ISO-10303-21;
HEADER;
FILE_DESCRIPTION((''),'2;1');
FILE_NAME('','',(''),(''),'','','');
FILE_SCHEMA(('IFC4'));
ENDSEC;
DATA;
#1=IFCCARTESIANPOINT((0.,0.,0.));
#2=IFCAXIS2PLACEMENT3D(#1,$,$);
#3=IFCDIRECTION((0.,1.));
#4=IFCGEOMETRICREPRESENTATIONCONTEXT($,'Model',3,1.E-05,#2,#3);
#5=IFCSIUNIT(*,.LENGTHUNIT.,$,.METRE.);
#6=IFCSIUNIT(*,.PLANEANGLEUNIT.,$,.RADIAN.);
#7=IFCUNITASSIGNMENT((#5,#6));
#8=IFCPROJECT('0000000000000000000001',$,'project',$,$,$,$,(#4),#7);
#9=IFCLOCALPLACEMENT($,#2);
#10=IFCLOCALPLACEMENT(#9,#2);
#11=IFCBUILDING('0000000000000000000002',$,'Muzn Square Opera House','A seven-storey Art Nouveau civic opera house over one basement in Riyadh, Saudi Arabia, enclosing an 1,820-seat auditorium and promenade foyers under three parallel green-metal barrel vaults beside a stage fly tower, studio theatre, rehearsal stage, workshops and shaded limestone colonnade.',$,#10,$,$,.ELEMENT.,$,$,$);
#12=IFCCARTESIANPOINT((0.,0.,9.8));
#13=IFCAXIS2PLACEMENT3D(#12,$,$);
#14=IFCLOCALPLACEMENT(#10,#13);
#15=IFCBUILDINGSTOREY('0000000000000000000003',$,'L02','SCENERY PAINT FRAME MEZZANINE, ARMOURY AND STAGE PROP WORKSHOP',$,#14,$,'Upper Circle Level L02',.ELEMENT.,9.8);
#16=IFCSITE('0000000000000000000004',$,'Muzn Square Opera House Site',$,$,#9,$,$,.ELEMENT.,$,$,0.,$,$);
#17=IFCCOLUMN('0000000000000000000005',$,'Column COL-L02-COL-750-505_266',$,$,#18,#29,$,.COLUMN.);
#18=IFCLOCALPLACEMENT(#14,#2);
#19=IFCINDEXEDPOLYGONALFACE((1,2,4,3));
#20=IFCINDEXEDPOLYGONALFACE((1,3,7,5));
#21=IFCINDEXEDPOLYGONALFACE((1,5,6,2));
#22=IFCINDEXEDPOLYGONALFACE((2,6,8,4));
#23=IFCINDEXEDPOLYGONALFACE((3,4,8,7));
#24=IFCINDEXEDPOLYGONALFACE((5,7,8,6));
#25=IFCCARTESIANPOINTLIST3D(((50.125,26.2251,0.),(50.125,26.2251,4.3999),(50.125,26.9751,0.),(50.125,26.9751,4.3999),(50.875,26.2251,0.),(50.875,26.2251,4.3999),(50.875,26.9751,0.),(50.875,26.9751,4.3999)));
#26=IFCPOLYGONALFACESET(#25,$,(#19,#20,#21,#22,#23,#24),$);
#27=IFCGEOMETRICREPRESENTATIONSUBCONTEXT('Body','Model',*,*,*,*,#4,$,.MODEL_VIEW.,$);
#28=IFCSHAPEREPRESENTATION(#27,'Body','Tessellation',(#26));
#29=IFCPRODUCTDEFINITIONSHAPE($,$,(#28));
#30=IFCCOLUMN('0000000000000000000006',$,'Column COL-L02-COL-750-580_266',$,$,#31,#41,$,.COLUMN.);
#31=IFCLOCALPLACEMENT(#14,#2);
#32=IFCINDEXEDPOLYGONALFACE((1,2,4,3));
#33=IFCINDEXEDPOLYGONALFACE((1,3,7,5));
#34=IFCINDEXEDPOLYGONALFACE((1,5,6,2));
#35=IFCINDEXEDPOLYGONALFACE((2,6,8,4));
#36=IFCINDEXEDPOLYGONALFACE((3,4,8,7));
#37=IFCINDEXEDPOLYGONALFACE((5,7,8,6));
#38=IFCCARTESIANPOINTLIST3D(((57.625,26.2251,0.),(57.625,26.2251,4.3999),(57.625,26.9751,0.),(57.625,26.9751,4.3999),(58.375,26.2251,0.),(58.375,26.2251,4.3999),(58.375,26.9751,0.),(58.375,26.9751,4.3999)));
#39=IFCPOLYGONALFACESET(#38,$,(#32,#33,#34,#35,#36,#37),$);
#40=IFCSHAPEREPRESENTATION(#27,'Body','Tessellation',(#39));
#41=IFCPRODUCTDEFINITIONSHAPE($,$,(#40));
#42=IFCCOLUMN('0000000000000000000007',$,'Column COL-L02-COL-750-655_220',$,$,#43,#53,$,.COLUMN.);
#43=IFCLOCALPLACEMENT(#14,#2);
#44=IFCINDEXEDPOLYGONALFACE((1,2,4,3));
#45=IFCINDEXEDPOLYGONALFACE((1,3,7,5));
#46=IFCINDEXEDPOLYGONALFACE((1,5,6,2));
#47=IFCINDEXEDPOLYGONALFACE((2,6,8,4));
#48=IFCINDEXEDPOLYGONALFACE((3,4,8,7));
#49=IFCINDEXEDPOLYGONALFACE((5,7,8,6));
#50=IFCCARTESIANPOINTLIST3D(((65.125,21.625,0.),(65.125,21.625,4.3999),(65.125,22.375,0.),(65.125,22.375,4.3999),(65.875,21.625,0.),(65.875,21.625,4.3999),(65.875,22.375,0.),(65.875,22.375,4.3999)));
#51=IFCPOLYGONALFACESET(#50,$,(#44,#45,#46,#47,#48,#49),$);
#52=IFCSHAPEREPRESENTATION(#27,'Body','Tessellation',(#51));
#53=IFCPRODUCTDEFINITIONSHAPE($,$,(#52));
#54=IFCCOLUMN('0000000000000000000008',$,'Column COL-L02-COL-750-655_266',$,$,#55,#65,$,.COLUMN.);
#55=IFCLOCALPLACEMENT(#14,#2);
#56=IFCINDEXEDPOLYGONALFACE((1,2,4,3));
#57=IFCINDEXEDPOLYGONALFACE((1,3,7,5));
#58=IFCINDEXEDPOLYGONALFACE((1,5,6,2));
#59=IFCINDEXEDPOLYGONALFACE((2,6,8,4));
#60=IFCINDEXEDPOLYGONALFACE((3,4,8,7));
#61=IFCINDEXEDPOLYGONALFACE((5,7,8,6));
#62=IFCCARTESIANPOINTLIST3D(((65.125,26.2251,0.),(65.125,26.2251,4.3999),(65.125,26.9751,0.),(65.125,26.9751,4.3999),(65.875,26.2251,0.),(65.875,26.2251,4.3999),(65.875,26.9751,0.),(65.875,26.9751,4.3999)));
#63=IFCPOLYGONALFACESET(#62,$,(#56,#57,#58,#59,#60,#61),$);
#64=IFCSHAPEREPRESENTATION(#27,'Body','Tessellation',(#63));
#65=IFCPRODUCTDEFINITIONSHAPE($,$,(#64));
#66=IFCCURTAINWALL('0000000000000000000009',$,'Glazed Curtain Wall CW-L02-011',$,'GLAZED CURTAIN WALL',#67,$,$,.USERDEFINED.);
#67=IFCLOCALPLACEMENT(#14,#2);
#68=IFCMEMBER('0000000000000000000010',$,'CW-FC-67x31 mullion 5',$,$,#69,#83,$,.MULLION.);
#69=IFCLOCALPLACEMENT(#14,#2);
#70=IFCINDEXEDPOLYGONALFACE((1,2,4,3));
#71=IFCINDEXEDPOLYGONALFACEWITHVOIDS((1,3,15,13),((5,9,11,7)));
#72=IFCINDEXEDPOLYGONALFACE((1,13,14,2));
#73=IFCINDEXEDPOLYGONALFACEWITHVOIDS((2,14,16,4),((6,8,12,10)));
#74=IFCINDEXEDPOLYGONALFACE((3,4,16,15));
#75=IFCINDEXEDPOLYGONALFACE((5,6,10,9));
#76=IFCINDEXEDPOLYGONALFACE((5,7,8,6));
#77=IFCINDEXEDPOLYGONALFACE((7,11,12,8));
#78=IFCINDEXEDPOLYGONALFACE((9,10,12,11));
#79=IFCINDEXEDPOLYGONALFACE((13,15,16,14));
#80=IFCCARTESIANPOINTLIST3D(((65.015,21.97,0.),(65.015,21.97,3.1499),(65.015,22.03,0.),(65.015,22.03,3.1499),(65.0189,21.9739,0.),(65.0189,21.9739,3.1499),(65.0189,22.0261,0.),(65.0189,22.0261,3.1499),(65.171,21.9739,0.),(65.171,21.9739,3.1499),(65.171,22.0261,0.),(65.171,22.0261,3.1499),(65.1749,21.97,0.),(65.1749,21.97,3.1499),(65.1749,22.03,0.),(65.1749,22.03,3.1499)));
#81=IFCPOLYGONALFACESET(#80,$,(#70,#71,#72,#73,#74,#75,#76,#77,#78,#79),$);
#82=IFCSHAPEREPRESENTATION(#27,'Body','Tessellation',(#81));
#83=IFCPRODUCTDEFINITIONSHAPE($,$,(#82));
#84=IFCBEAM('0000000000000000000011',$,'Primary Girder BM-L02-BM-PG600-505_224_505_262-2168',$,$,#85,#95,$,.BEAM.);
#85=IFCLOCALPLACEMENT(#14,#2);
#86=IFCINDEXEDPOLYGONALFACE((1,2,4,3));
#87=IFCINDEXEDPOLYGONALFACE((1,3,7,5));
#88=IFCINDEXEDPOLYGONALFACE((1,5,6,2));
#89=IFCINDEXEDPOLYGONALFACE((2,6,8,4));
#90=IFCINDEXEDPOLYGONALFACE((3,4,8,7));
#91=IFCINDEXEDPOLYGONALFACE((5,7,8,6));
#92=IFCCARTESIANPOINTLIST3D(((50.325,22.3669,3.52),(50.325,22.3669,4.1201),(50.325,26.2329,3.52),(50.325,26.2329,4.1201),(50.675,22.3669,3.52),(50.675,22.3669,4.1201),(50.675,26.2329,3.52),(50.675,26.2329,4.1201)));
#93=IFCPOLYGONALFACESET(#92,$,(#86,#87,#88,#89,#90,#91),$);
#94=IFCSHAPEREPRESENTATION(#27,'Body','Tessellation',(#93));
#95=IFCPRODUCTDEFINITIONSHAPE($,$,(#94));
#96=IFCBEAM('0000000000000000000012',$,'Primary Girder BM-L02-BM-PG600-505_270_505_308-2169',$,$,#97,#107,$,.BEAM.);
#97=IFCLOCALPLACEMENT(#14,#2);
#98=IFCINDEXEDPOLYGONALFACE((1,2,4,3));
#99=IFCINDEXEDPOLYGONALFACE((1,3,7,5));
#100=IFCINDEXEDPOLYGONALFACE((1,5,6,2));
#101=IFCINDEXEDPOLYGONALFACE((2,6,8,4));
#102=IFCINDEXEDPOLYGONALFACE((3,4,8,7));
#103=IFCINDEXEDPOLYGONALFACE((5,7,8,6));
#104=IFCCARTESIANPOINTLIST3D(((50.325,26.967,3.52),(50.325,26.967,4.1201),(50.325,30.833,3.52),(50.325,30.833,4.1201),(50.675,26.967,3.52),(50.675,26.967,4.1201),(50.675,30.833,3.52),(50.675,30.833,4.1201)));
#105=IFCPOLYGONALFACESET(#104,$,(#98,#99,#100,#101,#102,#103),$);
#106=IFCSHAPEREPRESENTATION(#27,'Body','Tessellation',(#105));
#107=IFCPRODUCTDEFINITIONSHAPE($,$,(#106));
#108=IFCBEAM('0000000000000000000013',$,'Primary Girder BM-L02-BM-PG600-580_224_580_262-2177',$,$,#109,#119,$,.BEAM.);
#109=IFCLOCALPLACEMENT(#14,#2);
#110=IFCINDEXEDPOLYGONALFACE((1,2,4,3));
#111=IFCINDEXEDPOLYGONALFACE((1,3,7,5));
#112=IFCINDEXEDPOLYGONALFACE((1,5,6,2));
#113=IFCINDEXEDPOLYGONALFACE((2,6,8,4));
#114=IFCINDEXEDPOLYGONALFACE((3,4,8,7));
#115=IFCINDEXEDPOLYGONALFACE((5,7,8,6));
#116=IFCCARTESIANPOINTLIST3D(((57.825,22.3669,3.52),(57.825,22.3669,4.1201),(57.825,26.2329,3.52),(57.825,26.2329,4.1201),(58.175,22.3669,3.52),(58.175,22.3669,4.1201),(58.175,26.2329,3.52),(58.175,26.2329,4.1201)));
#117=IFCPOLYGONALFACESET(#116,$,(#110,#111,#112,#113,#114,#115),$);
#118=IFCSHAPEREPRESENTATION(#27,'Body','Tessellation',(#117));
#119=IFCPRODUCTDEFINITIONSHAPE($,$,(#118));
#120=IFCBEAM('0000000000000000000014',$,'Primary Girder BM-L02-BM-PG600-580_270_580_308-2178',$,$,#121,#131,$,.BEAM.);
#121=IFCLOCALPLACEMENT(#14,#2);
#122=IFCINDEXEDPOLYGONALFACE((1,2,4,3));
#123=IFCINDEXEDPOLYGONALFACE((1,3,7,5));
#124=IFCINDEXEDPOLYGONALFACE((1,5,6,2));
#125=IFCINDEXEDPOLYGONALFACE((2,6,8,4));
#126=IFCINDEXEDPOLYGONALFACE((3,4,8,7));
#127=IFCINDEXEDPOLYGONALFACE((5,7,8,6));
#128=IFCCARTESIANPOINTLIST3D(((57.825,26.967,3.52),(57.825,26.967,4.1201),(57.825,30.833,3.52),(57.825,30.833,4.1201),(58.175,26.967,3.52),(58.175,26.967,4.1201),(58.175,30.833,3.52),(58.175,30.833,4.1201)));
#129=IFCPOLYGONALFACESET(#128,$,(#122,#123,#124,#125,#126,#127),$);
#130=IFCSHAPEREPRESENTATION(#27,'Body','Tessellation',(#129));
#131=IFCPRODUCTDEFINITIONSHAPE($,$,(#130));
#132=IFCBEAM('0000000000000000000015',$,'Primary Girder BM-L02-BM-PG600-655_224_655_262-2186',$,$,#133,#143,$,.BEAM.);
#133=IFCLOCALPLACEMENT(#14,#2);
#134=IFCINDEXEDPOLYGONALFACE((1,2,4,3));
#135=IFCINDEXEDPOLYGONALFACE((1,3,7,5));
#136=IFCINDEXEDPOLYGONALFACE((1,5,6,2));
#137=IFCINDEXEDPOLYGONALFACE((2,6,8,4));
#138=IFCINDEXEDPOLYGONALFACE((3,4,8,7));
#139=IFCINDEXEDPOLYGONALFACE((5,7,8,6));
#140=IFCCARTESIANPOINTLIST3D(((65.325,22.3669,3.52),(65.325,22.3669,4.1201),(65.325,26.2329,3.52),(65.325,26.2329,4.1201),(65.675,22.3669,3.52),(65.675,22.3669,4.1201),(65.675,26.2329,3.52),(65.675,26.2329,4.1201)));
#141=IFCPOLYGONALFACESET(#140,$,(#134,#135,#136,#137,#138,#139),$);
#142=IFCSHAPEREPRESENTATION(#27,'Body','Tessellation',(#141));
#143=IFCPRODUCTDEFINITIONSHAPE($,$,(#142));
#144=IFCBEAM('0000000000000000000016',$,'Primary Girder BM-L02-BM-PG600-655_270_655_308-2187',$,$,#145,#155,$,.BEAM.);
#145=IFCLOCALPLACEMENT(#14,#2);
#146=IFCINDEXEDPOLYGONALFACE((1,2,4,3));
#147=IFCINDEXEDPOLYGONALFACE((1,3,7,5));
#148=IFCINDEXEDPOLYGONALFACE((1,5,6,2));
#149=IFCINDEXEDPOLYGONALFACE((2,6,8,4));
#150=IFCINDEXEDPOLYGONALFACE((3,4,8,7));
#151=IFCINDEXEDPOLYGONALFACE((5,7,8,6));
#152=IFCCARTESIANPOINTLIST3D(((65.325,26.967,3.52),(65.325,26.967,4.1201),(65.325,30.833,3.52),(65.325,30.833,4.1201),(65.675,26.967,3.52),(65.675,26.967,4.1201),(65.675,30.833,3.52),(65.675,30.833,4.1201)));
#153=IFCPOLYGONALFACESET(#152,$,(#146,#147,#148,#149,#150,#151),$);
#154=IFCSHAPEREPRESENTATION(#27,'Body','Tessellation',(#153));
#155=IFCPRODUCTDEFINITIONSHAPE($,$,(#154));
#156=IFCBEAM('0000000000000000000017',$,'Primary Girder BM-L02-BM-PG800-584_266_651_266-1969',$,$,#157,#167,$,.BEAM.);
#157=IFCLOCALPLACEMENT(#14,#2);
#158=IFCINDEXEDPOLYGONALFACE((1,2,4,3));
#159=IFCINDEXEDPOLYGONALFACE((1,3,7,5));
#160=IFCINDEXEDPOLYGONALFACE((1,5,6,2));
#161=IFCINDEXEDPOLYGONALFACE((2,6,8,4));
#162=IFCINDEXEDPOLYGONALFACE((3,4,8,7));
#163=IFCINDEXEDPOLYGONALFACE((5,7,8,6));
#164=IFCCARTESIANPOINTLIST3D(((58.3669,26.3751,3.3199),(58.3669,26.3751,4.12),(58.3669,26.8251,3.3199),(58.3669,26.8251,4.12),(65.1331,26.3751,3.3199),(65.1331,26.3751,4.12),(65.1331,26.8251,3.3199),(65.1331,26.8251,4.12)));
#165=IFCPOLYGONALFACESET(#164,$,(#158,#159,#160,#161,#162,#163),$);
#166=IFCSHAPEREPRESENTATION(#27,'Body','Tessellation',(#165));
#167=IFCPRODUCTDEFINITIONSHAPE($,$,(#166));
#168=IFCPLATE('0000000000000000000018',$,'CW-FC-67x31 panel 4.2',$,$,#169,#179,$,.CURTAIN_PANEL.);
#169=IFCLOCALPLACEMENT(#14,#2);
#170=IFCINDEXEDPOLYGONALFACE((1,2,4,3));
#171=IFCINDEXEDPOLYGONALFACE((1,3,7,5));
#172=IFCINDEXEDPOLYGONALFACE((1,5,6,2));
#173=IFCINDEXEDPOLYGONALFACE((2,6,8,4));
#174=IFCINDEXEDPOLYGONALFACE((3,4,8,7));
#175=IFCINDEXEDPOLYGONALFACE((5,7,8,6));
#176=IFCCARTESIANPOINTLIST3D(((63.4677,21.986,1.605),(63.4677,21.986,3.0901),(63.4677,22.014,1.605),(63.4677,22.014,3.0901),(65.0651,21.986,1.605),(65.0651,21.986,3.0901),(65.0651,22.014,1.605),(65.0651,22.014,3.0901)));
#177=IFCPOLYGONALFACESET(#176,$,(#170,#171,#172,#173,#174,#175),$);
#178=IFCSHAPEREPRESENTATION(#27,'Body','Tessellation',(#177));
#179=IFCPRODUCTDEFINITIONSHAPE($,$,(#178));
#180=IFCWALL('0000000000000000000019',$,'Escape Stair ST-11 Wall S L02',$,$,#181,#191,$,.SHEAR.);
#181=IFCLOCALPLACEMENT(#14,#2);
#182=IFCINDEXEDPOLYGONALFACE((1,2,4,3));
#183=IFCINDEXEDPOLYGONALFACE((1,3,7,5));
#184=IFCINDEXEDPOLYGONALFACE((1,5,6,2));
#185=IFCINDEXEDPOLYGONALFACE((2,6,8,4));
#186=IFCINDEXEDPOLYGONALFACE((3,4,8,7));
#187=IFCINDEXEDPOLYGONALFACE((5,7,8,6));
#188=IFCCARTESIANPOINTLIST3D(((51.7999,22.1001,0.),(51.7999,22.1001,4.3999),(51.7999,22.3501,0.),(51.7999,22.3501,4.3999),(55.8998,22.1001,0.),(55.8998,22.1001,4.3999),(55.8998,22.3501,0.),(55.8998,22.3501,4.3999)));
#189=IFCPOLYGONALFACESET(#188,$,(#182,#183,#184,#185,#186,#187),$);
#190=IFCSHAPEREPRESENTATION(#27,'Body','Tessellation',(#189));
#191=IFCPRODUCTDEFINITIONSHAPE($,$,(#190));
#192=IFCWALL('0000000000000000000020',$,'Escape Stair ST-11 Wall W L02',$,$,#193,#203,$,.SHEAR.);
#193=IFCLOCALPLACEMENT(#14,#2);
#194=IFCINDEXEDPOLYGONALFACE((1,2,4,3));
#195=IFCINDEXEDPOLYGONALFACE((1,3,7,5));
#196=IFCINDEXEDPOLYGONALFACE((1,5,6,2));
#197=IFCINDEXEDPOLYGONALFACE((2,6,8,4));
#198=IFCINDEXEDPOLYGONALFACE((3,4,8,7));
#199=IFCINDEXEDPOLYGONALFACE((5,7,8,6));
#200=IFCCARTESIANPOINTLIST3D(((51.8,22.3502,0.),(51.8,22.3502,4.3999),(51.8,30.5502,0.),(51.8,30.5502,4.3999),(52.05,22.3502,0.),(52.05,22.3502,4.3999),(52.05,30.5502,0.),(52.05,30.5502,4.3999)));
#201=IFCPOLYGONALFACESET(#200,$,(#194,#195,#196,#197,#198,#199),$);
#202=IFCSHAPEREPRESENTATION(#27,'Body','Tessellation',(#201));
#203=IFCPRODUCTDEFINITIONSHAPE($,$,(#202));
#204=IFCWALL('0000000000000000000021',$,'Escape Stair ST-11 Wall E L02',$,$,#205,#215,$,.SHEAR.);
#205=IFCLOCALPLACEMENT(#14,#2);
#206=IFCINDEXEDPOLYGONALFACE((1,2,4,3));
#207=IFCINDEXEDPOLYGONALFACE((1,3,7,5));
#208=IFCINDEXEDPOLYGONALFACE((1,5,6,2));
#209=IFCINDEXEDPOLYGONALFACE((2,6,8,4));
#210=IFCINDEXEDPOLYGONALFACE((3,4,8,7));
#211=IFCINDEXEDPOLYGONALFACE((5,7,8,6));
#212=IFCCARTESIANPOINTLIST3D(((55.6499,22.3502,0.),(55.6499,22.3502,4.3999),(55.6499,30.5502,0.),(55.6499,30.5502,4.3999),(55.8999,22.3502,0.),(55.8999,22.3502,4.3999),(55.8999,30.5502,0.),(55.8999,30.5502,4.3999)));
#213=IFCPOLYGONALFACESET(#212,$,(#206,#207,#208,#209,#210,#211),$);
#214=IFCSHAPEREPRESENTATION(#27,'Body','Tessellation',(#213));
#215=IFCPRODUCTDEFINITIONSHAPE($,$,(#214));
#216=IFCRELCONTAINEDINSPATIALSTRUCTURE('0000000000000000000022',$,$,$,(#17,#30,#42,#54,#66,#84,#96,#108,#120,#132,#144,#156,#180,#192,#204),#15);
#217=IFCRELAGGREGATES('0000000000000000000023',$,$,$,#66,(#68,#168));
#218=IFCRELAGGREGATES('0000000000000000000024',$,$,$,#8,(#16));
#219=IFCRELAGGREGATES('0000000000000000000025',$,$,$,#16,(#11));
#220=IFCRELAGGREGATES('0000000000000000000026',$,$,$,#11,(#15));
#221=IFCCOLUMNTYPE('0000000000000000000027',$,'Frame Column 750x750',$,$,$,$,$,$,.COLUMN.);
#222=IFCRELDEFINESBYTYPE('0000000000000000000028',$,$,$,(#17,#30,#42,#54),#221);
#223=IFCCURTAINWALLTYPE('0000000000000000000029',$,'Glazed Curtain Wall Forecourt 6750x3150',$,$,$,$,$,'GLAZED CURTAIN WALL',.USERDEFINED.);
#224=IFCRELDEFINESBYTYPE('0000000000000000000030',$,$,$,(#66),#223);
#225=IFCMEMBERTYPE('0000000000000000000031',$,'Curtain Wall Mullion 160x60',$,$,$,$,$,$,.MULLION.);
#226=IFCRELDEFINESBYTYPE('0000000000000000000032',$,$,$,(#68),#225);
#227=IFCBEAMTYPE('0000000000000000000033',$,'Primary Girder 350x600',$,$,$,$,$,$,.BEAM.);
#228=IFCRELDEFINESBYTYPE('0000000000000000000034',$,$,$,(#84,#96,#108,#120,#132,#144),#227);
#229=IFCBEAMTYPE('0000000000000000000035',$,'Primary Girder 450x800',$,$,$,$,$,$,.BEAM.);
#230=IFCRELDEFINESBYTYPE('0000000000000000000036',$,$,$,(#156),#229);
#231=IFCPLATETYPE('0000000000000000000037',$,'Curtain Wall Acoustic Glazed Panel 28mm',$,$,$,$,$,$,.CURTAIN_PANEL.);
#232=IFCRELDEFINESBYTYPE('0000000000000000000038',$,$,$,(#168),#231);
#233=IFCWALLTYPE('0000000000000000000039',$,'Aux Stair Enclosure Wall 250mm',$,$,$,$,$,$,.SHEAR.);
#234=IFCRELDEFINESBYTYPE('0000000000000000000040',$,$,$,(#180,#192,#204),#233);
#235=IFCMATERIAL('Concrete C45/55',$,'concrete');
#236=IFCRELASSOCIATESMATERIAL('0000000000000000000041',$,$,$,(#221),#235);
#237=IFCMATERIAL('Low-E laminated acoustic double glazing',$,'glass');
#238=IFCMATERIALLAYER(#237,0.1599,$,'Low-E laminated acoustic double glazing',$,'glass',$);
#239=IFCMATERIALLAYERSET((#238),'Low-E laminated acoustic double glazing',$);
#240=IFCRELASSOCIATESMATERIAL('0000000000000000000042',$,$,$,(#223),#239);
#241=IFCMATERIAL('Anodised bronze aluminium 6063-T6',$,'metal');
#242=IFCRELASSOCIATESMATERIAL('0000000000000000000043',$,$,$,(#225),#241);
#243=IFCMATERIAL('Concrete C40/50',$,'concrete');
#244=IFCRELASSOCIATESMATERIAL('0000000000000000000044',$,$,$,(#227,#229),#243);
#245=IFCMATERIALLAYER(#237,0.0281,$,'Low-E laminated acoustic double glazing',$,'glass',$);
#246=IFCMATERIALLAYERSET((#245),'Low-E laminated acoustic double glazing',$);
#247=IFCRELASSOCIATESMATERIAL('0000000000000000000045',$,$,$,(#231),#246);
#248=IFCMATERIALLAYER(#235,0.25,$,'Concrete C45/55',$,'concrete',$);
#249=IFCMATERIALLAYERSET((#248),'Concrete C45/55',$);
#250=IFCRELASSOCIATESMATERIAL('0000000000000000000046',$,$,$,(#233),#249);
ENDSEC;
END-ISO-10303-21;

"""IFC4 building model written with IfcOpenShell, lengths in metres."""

from ifc_helpers import new_model, si_unit, direction, frame, frame_2d, origin, origin_2d, place, context, subcontext, project, spatial, rectangle, hollow_rectangle, extrude, material, layer, layer_set, material_profile, profile_set, type_object, element, aggregate, save


model = new_model("IFC4")

# Units and contexts
model_context = context("Model", 3, precision=1e-05, world=origin(), true_north=direction((0.0, 1.0)))
body_context = subcontext(model_context, "Body", "Model", "MODEL_VIEW")
ifc_project = project(units=[si_unit("LENGTHUNIT", "METRE"), si_unit("PLANEANGLEUNIT", "RADIAN")], contexts=[model_context])

# Site, building, storey
site_placement = place(None, origin())
site = spatial("IfcSite", under=ifc_project, at=site_placement, Name="Muzn Square Opera House Site", CompositionType="ELEMENT", RefElevation=0.0)
building_placement = place(site_placement, origin())
building = spatial("IfcBuilding", under=site, at=building_placement, Name="Muzn Square Opera House", Description="A seven-storey Art Nouveau civic opera house over one basement in Riyadh, Saudi Arabia, enclosing an 1,820-seat auditorium and promenade foyers under three parallel green-metal barrel vaults beside a stage fly tower, studio theatre, rehearsal stage, workshops and shaded limestone colonnade.", CompositionType="ELEMENT")
storey_placement = place(building_placement, frame((0.0, 0.0, 9.8)))
storey = spatial("IfcBuildingStorey", under=building, at=storey_placement, Name="L02", Description="SCENERY PAINT FRAME MEZZANINE, ARMOURY AND STAGE PROP WORKSHOP", LongName="Upper Circle Level L02", CompositionType="ELEMENT", Elevation=9.8)

# Columns
ifc_material_1 = material(Name="Concrete C45/55", Category="concrete")
ifc_material_profile_1 = material_profile(ifc_material_1, rectangle(XDim=0.75, YDim=0.75, at=origin_2d()), Name="RC 750x750", Category="concrete")
ifc_profile_set_1 = profile_set([ifc_material_profile_1], Name="Concrete C45/55")
column_type = type_object("IfcColumnType", Name="Frame Column 750x750", PredefinedType="COLUMN", material=ifc_profile_set_1)
for number, where, z_axis, x_axis, name in (
    (1, (50.5, 26.6001, 0.0), (0.0, 0.0, 1.0), (1.0, 0.0, 0.0), "Column COL-L02-COL-750-505_266"),
    (2, (58.0, 26.6001, 0.0), (0.0, 0.0, 1.0), (1.0, 0.0, 0.0), "Column COL-L02-COL-750-580_266"),
    (3, (65.5, 22.0, 0.0), (0.0, 0.0, 1.0), (1.0, 0.0, 0.0), "Column COL-L02-COL-750-655_220"),
    (4, (65.5, 26.6001, 0.0), (0.0, 0.0, 1.0), (1.0, 0.0, 0.0), "Column COL-L02-COL-750-655_266"),
):
    element("IfcColumn", number, at=place(storey_placement, frame(where, z_axis=z_axis, x_axis=x_axis)), inside=storey, type_object=column_type, Name=name, PredefinedType="COLUMN", context=body_context, shape_type="SweptSolid", body=[
        extrude(rectangle(XDim=0.75, YDim=0.75, at=origin_2d()), origin(), (0.0, 0.0, 1.0), 4.3999),
    ])

# Curtain wall, member
ifc_material_2 = material(Name="Low-E laminated acoustic double glazing", Category="glass")
ifc_layer_1 = layer(ifc_material_2, 0.1599, Name="Low-E laminated acoustic double glazing", Category="glass")
ifc_layer_set_1 = layer_set([ifc_layer_1], Name="Low-E laminated acoustic double glazing")
curtain_wall_type = type_object("IfcCurtainWallType", Name="Glazed Curtain Wall Forecourt 6750x3150", ElementType="GLAZED CURTAIN WALL", PredefinedType="USERDEFINED", material=ifc_layer_set_1)
curtain_wall_placement = place(storey_placement, origin())
curtain_wall = element("IfcCurtainWall", 5, at=curtain_wall_placement, inside=storey, type_object=curtain_wall_type, Name="Glazed Curtain Wall CW-L02-011", ObjectType="GLAZED CURTAIN WALL", PredefinedType="USERDEFINED")
ifc_material_3 = material(Name="Anodised bronze aluminium 6063-T6", Category="metal")
ifc_material_profile_2 = material_profile(ifc_material_3, hollow_rectangle(XDim=0.0601, YDim=0.1599, WallThickness=0.0039, at=origin_2d()), Name="ALU 160x60x4", Category="metal")
ifc_profile_set_2 = profile_set([ifc_material_profile_2], Name="Anodised bronze aluminium 6063-T6")
member_type = type_object("IfcMemberType", Name="Curtain Wall Mullion 160x60", PredefinedType="MULLION", material=ifc_profile_set_2)
member_placement = place(storey_placement, frame((65.095, 22.0, 0.0), z_axis=(0.0, 0.0, 1.0), x_axis=(0.0, 1.0, 0.0)))
member = element("IfcMember", 6, at=member_placement, type_object=member_type, Name="CW-FC-67x31 mullion 5", PredefinedType="MULLION", context=body_context, shape_type="SweptSolid", body=[
    extrude(hollow_rectangle(XDim=0.0601, YDim=0.1599, WallThickness=0.0039, at=origin_2d()), origin(), (0.0, 0.0, 1.0), 3.1499),
])

# Beams
ifc_material_4 = material(Name="Concrete C40/50", Category="concrete")
ifc_material_profile_3 = material_profile(ifc_material_4, rectangle(XDim=0.3501, YDim=0.6001, at=origin_2d()), Name="RCB 350x600", Category="concrete")
ifc_profile_set_3 = profile_set([ifc_material_profile_3], Name="Concrete C40/50")
beam_type_1 = type_object("IfcBeamType", Name="Primary Girder 350x600", PredefinedType="BEAM", material=ifc_profile_set_3)
for number, where, z_axis, x_axis, name in (
    (7, (50.5, 22.3669, 3.8201), (0.0, 1.0, 0.0), (-1.0, 0.0, 0.0), "Primary Girder BM-L02-BM-PG600-505_224_505_262-2168"),
    (8, (50.5, 26.967, 3.8201), (0.0, 1.0, 0.0), (-1.0, 0.0, 0.0), "Primary Girder BM-L02-BM-PG600-505_270_505_308-2169"),
    (9, (58.0, 22.3669, 3.8201), (0.0, 1.0, 0.0), (-1.0, 0.0, 0.0), "Primary Girder BM-L02-BM-PG600-580_224_580_262-2177"),
    (10, (58.0, 26.967, 3.8201), (0.0, 1.0, 0.0), (-1.0, 0.0, 0.0), "Primary Girder BM-L02-BM-PG600-580_270_580_308-2178"),
    (11, (65.5, 22.3669, 3.8201), (0.0, 1.0, 0.0), (-1.0, 0.0, 0.0), "Primary Girder BM-L02-BM-PG600-655_224_655_262-2186"),
    (12, (65.5, 26.967, 3.8201), (0.0, 1.0, 0.0), (-1.0, 0.0, 0.0), "Primary Girder BM-L02-BM-PG600-655_270_655_308-2187"),
):
    element("IfcBeam", number, at=place(storey_placement, frame(where, z_axis=z_axis, x_axis=x_axis)), inside=storey, type_object=beam_type_1, Name=name, PredefinedType="BEAM", context=body_context, shape_type="SweptSolid", body=[
        extrude(rectangle(XDim=0.3501, YDim=0.6001, at=origin_2d()), origin(), (0.0, 0.0, 1.0), 3.866),
    ])
ifc_material_profile_4 = material_profile(ifc_material_4, rectangle(XDim=0.45, YDim=0.8, at=origin_2d()), Name="RCB 450x800", Category="concrete")
ifc_profile_set_4 = profile_set([ifc_material_profile_4], Name="Concrete C40/50")
beam_type_2 = type_object("IfcBeamType", Name="Primary Girder 450x800", PredefinedType="BEAM", material=ifc_profile_set_4)
beam_placement = place(storey_placement, frame((58.3669, 26.6001, 3.72), z_axis=(1.0, 0.0, 0.0), x_axis=(0.0, 1.0, 0.0)))
element("IfcBeam", 13, at=beam_placement, inside=storey, type_object=beam_type_2, Name="Primary Girder BM-L02-BM-PG800-584_266_651_266-1969", PredefinedType="BEAM", context=body_context, shape_type="SweptSolid", body=[
    extrude(rectangle(XDim=0.45, YDim=0.8, at=origin_2d()), origin(), (0.0, 0.0, 1.0), 6.7661),
])

# Plate
ifc_layer_2 = layer(ifc_material_2, 0.0281, Name="Low-E laminated acoustic double glazing", Category="glass")
ifc_layer_set_2 = layer_set([ifc_layer_2], Name="Low-E laminated acoustic double glazing")
plate_type = type_object("IfcPlateType", Name="Curtain Wall Acoustic Glazed Panel 28mm", PredefinedType="CURTAIN_PANEL", material=ifc_layer_set_2)
plate_placement = place(storey_placement, frame((64.2664, 22.0, 1.605), z_axis=(0.0, 0.0, 1.0), x_axis=(1.0, 0.0, 0.0)))
plate = element("IfcPlate", 14, at=plate_placement, type_object=plate_type, Name="CW-FC-67x31 panel 4.2", PredefinedType="CURTAIN_PANEL", context=body_context, shape_type="SweptSolid", body=[
    extrude(rectangle(XDim=1.5974, YDim=0.0281, at=origin_2d()), origin(), (0.0, 0.0, 1.0), 1.4851),
])
aggregate(curtain_wall, [member, plate])

# Walls
ifc_layer_3 = layer(ifc_material_1, 0.25, Name="Concrete C45/55", Category="concrete")
ifc_layer_set_3 = layer_set([ifc_layer_3], Name="Concrete C45/55")
wall_type_1 = type_object("IfcWallType", Name="Aux Stair Enclosure Wall 250mm", PredefinedType="SHEAR", material=ifc_layer_set_3)
wall_1_placement = place(storey_placement, frame((51.8, 22.2251, 0.0), z_axis=(0.0, 0.0, 1.0), x_axis=(1.0, 0.0, 0.0)))
element("IfcWall", 15, at=wall_1_placement, inside=storey, type_object=wall_type_1, Name="Escape Stair ST-11 Wall S L02", PredefinedType="SHEAR", context=body_context, shape_type="SweptSolid", body=[
    extrude(rectangle(XDim=4.0999, YDim=0.25, at=frame_2d((2.0498, 0.0))), origin(), (0.0, 0.0, 1.0), 4.3999),
])
for number, where, z_axis, x_axis, name in (
    (16, (51.925, 22.3501, 0.0), (0.0, 0.0, 1.0), (0.0, 1.0, 0.0), "Escape Stair ST-11 Wall W L02"),
    (17, (55.7749, 22.3501, 0.0), (0.0, 0.0, 1.0), (0.0, 1.0, 0.0), "Escape Stair ST-11 Wall E L02"),
):
    element("IfcWall", number, at=place(storey_placement, frame(where, z_axis=z_axis, x_axis=x_axis)), inside=storey, type_object=wall_type_1, Name=name, PredefinedType="SHEAR", context=body_context, shape_type="SweptSolid", body=[
        extrude(rectangle(XDim=8.2, YDim=0.25, at=frame_2d((4.1001, 0.0))), origin(), (0.0, 0.0, 1.0), 4.3999),
    ])

save(model, "model.ifc")
